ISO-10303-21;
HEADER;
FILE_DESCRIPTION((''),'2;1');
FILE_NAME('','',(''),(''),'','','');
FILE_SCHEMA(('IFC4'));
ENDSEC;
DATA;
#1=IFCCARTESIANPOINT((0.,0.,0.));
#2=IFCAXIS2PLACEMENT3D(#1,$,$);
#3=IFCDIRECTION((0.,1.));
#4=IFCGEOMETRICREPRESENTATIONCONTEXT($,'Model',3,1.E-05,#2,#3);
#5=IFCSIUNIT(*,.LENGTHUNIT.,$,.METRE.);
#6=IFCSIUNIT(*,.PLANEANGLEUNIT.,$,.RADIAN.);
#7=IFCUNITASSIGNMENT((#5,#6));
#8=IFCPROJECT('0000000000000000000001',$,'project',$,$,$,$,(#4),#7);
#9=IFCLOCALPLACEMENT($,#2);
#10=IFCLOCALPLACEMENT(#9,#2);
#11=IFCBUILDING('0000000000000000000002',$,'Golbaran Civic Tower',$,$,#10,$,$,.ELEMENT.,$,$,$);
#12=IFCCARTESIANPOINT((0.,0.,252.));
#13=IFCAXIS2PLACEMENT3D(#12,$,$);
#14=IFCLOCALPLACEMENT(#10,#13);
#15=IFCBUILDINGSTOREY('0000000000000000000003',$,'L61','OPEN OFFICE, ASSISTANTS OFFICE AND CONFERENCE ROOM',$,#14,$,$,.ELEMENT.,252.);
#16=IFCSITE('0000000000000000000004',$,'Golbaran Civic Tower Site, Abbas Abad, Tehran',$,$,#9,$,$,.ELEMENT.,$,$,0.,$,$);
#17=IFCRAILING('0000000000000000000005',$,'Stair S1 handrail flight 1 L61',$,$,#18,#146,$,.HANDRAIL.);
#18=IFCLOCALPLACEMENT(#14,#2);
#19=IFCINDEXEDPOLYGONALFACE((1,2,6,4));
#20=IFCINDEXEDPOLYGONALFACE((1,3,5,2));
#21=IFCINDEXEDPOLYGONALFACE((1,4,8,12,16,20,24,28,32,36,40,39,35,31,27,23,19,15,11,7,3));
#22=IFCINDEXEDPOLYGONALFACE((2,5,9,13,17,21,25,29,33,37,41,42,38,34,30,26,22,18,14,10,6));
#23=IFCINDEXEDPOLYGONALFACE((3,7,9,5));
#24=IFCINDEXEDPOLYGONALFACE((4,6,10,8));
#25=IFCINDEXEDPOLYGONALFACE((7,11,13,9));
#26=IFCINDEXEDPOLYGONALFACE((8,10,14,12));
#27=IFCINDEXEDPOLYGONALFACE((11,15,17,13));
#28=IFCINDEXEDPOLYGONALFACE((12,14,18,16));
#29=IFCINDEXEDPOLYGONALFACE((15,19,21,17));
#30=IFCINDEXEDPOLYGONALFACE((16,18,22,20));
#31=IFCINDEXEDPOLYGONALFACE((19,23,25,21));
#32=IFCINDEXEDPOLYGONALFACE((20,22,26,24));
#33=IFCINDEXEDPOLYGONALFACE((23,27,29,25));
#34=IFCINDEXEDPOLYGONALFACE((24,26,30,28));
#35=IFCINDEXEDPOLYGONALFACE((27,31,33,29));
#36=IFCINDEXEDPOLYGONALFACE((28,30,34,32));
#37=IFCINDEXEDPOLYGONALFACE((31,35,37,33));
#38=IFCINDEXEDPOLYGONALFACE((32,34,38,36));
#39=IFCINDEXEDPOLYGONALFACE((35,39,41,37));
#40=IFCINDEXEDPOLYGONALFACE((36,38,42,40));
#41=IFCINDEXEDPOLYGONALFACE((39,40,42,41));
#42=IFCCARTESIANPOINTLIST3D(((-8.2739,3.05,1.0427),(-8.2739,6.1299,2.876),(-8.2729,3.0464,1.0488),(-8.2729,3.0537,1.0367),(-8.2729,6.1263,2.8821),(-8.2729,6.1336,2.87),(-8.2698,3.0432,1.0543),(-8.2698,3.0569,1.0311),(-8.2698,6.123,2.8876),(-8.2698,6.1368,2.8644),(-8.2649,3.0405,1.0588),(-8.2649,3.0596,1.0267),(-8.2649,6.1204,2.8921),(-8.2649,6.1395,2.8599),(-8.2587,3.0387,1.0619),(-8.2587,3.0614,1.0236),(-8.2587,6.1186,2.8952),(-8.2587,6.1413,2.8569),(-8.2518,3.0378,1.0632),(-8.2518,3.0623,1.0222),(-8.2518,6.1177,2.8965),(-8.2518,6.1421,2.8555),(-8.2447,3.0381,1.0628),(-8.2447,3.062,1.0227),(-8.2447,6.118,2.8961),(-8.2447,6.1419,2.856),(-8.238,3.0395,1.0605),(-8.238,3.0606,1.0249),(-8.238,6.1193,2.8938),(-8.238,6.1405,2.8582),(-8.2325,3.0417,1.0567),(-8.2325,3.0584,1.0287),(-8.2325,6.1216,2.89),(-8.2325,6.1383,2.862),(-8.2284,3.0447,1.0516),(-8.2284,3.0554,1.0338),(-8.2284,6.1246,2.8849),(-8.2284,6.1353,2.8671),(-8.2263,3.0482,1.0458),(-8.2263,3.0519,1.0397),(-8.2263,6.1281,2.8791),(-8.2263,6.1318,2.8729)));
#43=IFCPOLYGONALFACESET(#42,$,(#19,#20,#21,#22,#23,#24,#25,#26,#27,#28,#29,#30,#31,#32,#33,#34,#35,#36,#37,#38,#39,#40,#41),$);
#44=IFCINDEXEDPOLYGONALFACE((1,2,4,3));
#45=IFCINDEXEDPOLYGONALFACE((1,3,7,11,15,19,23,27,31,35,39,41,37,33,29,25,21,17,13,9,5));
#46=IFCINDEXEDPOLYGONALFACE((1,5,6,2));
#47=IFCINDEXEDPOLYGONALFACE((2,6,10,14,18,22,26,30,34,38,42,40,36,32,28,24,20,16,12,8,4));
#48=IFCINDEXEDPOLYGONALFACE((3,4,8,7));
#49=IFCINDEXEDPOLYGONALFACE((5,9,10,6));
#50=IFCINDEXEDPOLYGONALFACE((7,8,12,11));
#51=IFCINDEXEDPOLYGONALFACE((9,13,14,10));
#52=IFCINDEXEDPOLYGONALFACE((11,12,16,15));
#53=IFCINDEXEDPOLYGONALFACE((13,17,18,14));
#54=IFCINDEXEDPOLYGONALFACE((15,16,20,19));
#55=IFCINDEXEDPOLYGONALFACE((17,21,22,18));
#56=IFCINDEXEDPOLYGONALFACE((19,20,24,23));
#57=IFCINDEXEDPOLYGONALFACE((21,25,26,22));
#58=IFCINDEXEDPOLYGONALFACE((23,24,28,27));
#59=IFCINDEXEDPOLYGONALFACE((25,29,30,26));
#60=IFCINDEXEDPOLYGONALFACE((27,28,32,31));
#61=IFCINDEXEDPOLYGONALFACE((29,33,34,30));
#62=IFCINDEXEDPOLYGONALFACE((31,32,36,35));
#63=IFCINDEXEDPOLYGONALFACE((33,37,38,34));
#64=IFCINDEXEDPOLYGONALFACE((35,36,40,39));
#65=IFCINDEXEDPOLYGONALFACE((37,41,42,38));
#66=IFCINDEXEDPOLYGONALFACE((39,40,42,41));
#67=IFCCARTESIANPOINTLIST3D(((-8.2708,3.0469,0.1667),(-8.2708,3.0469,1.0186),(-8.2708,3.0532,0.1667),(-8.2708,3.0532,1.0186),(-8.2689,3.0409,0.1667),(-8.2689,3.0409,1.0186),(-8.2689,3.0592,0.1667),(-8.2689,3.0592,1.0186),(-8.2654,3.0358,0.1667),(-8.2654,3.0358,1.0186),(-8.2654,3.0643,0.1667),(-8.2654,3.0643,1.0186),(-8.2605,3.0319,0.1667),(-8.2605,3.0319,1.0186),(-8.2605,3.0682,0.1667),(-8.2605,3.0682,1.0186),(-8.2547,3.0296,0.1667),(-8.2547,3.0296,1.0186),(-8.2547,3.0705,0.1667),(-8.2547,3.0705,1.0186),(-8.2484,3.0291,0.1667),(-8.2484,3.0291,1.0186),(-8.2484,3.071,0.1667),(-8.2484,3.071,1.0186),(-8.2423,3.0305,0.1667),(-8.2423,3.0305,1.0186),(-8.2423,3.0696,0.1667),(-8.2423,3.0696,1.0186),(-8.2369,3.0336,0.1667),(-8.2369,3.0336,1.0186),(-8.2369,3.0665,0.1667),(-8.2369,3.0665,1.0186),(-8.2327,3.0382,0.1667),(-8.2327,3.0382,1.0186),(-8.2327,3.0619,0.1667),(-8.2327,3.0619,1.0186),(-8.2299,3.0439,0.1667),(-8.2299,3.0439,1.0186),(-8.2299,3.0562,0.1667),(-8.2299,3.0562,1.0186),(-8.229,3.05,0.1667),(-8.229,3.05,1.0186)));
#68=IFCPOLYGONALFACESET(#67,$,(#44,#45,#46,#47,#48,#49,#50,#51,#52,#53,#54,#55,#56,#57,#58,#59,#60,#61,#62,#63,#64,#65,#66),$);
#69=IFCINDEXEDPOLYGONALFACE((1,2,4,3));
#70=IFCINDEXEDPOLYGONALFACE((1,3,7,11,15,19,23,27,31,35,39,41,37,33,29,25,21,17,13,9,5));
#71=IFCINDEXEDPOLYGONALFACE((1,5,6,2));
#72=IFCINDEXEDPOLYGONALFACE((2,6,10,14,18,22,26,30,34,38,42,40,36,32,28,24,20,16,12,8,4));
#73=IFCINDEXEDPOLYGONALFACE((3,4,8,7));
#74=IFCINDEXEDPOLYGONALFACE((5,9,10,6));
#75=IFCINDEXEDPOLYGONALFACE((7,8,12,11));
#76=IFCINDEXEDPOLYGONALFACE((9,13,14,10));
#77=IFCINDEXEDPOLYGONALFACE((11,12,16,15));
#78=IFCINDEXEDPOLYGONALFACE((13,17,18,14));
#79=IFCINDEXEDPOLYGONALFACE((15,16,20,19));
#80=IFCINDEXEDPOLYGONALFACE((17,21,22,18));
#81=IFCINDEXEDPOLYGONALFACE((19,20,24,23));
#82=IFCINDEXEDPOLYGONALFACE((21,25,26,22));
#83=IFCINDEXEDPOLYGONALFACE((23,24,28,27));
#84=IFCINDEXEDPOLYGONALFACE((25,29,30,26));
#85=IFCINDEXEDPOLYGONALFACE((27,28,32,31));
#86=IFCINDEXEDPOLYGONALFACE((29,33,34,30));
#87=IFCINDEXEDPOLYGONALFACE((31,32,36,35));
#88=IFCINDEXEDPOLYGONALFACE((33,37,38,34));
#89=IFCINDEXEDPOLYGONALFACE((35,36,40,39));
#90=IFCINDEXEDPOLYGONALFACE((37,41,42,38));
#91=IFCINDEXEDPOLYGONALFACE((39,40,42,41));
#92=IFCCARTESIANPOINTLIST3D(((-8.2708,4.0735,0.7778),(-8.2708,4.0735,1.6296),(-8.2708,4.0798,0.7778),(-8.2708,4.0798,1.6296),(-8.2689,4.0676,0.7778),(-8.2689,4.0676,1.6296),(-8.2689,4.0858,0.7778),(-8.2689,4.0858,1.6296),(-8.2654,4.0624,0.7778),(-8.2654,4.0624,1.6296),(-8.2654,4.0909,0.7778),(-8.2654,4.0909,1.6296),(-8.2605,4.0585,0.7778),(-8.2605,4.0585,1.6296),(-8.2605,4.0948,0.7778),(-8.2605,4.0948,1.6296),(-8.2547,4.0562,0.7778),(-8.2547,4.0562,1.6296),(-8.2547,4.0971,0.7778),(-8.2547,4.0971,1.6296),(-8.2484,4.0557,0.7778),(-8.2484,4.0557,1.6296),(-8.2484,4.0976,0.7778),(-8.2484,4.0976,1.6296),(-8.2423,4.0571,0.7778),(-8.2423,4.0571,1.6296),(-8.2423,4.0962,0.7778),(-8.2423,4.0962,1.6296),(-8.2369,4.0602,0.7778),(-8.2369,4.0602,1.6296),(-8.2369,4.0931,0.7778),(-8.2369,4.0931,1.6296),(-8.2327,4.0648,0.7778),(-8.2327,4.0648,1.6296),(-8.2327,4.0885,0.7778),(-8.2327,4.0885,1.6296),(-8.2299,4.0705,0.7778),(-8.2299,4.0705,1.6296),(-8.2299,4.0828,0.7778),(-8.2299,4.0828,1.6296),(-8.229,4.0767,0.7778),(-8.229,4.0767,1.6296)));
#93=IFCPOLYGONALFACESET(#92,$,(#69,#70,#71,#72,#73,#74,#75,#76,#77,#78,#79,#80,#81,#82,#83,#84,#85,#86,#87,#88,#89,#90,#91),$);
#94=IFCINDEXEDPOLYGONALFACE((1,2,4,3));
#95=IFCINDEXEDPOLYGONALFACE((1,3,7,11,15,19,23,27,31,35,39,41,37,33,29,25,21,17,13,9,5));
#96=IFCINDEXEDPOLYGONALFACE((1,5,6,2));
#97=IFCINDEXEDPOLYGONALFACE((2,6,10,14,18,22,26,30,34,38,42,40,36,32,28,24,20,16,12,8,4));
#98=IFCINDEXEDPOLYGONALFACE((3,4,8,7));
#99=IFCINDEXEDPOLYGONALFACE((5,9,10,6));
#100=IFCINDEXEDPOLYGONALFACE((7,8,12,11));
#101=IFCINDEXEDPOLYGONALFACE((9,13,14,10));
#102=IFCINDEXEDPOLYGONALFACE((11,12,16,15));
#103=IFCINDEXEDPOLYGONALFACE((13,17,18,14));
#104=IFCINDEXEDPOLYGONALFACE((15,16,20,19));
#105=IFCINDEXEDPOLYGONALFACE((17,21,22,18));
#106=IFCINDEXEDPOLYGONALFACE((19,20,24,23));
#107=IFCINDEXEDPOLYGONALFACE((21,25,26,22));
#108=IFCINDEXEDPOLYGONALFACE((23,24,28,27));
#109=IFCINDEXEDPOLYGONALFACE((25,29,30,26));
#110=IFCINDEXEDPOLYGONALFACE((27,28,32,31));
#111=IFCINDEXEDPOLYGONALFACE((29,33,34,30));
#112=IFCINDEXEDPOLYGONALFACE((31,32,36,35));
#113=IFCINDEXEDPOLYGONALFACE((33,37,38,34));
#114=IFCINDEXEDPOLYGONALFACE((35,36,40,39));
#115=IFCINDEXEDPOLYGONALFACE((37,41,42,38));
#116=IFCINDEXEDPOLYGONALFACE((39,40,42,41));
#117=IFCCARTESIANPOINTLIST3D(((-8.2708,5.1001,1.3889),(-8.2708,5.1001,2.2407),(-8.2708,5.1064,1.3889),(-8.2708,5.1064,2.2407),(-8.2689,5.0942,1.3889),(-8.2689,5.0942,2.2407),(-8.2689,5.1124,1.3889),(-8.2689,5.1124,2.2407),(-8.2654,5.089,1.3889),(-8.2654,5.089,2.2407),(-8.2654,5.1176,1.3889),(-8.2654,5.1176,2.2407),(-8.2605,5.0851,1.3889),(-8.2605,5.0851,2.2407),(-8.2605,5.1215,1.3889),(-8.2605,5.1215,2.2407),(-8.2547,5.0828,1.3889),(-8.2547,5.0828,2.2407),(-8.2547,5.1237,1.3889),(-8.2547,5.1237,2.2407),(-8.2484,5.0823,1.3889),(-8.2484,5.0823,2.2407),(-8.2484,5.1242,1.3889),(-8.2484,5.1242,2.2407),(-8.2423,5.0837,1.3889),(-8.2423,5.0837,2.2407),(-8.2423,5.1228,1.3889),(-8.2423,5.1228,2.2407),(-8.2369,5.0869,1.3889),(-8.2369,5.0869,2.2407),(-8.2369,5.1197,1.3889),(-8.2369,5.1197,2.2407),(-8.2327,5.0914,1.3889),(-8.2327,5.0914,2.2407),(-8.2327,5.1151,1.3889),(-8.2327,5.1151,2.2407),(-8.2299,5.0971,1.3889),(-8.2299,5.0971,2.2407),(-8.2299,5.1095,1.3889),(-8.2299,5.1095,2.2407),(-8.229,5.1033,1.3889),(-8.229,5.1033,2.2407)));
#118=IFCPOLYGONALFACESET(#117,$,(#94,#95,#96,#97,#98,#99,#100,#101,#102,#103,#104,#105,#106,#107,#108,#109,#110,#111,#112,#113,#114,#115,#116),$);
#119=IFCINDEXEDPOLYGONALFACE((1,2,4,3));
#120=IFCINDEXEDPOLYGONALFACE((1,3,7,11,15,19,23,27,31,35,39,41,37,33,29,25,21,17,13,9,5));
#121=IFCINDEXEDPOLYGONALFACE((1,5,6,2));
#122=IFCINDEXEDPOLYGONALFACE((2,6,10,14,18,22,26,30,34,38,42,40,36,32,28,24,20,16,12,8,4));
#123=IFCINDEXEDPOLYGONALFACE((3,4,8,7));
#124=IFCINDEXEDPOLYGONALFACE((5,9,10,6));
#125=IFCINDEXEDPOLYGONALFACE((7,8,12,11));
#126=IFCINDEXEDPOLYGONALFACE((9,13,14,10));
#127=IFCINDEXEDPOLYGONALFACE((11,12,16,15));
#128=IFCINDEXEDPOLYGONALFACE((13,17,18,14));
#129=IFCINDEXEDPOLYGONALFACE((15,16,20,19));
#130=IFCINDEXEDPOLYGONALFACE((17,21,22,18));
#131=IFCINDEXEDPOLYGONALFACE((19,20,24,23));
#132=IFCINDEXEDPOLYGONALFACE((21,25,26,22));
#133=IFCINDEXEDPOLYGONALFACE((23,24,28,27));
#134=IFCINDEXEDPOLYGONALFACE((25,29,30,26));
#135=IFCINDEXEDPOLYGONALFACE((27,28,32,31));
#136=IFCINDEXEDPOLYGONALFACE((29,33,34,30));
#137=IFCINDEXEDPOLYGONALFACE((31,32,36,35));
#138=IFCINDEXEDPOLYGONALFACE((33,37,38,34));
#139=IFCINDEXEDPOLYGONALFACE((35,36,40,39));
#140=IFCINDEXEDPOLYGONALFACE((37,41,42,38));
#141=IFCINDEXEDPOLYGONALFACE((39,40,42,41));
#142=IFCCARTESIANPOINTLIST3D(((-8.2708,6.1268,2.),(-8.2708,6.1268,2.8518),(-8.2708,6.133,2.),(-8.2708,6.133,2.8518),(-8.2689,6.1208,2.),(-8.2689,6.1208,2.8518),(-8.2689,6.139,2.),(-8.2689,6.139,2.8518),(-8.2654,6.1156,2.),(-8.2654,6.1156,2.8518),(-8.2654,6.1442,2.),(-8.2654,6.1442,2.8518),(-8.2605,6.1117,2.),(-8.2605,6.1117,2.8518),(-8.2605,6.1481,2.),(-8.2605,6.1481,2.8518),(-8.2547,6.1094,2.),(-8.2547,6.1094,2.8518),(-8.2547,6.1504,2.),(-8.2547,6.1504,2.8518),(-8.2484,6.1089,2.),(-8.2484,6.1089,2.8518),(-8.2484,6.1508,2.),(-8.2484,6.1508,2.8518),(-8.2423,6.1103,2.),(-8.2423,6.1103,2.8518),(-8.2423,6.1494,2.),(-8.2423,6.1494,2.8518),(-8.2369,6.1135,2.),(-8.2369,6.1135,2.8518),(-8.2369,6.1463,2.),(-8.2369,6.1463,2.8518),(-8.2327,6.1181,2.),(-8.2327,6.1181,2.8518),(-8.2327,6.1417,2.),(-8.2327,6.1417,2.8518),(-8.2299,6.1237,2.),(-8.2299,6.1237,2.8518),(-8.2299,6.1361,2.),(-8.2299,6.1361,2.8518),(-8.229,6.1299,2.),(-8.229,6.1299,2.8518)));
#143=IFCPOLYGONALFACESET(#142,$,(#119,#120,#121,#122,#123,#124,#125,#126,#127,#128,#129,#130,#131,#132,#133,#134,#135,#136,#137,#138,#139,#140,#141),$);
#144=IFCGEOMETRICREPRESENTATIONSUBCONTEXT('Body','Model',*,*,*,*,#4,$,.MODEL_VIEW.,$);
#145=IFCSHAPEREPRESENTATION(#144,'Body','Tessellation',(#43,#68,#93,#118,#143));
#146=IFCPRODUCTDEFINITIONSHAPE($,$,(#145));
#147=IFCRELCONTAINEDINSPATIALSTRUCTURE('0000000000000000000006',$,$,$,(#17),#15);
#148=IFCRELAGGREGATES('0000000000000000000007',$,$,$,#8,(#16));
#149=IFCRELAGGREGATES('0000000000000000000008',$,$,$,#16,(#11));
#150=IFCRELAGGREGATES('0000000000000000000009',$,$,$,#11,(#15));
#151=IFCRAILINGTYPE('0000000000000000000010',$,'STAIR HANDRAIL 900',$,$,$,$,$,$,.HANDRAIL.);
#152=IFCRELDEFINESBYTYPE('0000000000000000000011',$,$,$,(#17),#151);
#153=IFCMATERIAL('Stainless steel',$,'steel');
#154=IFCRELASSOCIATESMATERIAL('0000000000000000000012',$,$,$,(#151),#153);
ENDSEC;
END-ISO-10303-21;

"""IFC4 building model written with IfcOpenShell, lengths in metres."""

from ifc_helpers import new_model, si_unit, direction, frame, origin, origin_2d, place, context, subcontext, project, spatial, circle, extrude, material, type_object, element, save


model = new_model("IFC4")

# Units and contexts
model_context = context("Model", 3, precision=1e-05, world=origin(), true_north=direction((0.0, 1.0)))
body_context = subcontext(model_context, "Body", "Model", "MODEL_VIEW")
ifc_project = project(units=[si_unit("LENGTHUNIT", "METRE"), si_unit("PLANEANGLEUNIT", "RADIAN")], contexts=[model_context])

# Site, building, storey
site_placement = place(None, origin())
site = spatial("IfcSite", under=ifc_project, at=site_placement, Name="Golbaran Civic Tower Site, Abbas Abad, Tehran", CompositionType="ELEMENT", RefElevation=0.0)
building_placement = place(site_placement, origin())
building = spatial("IfcBuilding", under=site, at=building_placement, Name="Golbaran Civic Tower", CompositionType="ELEMENT")
storey_placement = place(building_placement, frame((0.0, 0.0, 252.0)))
storey = spatial("IfcBuildingStorey", under=building, at=storey_placement, Name="L61", Description="OPEN OFFICE, ASSISTANTS OFFICE AND CONFERENCE ROOM", CompositionType="ELEMENT", Elevation=252.0)

# Shared definitions
ifc_material_1 = material(Name="Stainless steel", Category="steel")

# Railing
railing_type = type_object("IfcRailingType", Name="STAIR HANDRAIL 900", PredefinedType="HANDRAIL", material=ifc_material_1)
railing_1_placement = place(storey_placement, frame((-8.25, 3.05, 0.1667)))
element("IfcRailing", 1, at=railing_1_placement, inside=storey, type_object=railing_type, Name="Stair S1 handrail flight 1 L61", PredefinedType="HANDRAIL", context=body_context, shape_type="SweptSolid", body=[
    extrude(circle(Radius=0.0239, at=origin_2d()), frame((0.0, 0.0, 0.876), z_axis=(0.0, 0.859291, 0.511487), x_axis=(-1.0, 0.0, 0.0)), (0.0, 0.0, 1.0), 3.5842),
    extrude(circle(Radius=0.021, at=origin_2d()), origin(), (0.0, 0.0, 1.0), 0.8518),
    extrude(circle(Radius=0.021, at=origin_2d()), frame((0.0, 1.0266, 0.6111)), (0.0, 0.0, 1.0), 0.8518),
    extrude(circle(Radius=0.021, at=origin_2d()), frame((0.0, 2.0532, 1.2222)), (0.0, 0.0, 1.0), 0.8518),
    extrude(circle(Radius=0.021, at=origin_2d()), frame((0.0, 3.0798, 1.8333)), (0.0, 0.0, 1.0), 0.8518),
])

save(model, "model.ifc")
